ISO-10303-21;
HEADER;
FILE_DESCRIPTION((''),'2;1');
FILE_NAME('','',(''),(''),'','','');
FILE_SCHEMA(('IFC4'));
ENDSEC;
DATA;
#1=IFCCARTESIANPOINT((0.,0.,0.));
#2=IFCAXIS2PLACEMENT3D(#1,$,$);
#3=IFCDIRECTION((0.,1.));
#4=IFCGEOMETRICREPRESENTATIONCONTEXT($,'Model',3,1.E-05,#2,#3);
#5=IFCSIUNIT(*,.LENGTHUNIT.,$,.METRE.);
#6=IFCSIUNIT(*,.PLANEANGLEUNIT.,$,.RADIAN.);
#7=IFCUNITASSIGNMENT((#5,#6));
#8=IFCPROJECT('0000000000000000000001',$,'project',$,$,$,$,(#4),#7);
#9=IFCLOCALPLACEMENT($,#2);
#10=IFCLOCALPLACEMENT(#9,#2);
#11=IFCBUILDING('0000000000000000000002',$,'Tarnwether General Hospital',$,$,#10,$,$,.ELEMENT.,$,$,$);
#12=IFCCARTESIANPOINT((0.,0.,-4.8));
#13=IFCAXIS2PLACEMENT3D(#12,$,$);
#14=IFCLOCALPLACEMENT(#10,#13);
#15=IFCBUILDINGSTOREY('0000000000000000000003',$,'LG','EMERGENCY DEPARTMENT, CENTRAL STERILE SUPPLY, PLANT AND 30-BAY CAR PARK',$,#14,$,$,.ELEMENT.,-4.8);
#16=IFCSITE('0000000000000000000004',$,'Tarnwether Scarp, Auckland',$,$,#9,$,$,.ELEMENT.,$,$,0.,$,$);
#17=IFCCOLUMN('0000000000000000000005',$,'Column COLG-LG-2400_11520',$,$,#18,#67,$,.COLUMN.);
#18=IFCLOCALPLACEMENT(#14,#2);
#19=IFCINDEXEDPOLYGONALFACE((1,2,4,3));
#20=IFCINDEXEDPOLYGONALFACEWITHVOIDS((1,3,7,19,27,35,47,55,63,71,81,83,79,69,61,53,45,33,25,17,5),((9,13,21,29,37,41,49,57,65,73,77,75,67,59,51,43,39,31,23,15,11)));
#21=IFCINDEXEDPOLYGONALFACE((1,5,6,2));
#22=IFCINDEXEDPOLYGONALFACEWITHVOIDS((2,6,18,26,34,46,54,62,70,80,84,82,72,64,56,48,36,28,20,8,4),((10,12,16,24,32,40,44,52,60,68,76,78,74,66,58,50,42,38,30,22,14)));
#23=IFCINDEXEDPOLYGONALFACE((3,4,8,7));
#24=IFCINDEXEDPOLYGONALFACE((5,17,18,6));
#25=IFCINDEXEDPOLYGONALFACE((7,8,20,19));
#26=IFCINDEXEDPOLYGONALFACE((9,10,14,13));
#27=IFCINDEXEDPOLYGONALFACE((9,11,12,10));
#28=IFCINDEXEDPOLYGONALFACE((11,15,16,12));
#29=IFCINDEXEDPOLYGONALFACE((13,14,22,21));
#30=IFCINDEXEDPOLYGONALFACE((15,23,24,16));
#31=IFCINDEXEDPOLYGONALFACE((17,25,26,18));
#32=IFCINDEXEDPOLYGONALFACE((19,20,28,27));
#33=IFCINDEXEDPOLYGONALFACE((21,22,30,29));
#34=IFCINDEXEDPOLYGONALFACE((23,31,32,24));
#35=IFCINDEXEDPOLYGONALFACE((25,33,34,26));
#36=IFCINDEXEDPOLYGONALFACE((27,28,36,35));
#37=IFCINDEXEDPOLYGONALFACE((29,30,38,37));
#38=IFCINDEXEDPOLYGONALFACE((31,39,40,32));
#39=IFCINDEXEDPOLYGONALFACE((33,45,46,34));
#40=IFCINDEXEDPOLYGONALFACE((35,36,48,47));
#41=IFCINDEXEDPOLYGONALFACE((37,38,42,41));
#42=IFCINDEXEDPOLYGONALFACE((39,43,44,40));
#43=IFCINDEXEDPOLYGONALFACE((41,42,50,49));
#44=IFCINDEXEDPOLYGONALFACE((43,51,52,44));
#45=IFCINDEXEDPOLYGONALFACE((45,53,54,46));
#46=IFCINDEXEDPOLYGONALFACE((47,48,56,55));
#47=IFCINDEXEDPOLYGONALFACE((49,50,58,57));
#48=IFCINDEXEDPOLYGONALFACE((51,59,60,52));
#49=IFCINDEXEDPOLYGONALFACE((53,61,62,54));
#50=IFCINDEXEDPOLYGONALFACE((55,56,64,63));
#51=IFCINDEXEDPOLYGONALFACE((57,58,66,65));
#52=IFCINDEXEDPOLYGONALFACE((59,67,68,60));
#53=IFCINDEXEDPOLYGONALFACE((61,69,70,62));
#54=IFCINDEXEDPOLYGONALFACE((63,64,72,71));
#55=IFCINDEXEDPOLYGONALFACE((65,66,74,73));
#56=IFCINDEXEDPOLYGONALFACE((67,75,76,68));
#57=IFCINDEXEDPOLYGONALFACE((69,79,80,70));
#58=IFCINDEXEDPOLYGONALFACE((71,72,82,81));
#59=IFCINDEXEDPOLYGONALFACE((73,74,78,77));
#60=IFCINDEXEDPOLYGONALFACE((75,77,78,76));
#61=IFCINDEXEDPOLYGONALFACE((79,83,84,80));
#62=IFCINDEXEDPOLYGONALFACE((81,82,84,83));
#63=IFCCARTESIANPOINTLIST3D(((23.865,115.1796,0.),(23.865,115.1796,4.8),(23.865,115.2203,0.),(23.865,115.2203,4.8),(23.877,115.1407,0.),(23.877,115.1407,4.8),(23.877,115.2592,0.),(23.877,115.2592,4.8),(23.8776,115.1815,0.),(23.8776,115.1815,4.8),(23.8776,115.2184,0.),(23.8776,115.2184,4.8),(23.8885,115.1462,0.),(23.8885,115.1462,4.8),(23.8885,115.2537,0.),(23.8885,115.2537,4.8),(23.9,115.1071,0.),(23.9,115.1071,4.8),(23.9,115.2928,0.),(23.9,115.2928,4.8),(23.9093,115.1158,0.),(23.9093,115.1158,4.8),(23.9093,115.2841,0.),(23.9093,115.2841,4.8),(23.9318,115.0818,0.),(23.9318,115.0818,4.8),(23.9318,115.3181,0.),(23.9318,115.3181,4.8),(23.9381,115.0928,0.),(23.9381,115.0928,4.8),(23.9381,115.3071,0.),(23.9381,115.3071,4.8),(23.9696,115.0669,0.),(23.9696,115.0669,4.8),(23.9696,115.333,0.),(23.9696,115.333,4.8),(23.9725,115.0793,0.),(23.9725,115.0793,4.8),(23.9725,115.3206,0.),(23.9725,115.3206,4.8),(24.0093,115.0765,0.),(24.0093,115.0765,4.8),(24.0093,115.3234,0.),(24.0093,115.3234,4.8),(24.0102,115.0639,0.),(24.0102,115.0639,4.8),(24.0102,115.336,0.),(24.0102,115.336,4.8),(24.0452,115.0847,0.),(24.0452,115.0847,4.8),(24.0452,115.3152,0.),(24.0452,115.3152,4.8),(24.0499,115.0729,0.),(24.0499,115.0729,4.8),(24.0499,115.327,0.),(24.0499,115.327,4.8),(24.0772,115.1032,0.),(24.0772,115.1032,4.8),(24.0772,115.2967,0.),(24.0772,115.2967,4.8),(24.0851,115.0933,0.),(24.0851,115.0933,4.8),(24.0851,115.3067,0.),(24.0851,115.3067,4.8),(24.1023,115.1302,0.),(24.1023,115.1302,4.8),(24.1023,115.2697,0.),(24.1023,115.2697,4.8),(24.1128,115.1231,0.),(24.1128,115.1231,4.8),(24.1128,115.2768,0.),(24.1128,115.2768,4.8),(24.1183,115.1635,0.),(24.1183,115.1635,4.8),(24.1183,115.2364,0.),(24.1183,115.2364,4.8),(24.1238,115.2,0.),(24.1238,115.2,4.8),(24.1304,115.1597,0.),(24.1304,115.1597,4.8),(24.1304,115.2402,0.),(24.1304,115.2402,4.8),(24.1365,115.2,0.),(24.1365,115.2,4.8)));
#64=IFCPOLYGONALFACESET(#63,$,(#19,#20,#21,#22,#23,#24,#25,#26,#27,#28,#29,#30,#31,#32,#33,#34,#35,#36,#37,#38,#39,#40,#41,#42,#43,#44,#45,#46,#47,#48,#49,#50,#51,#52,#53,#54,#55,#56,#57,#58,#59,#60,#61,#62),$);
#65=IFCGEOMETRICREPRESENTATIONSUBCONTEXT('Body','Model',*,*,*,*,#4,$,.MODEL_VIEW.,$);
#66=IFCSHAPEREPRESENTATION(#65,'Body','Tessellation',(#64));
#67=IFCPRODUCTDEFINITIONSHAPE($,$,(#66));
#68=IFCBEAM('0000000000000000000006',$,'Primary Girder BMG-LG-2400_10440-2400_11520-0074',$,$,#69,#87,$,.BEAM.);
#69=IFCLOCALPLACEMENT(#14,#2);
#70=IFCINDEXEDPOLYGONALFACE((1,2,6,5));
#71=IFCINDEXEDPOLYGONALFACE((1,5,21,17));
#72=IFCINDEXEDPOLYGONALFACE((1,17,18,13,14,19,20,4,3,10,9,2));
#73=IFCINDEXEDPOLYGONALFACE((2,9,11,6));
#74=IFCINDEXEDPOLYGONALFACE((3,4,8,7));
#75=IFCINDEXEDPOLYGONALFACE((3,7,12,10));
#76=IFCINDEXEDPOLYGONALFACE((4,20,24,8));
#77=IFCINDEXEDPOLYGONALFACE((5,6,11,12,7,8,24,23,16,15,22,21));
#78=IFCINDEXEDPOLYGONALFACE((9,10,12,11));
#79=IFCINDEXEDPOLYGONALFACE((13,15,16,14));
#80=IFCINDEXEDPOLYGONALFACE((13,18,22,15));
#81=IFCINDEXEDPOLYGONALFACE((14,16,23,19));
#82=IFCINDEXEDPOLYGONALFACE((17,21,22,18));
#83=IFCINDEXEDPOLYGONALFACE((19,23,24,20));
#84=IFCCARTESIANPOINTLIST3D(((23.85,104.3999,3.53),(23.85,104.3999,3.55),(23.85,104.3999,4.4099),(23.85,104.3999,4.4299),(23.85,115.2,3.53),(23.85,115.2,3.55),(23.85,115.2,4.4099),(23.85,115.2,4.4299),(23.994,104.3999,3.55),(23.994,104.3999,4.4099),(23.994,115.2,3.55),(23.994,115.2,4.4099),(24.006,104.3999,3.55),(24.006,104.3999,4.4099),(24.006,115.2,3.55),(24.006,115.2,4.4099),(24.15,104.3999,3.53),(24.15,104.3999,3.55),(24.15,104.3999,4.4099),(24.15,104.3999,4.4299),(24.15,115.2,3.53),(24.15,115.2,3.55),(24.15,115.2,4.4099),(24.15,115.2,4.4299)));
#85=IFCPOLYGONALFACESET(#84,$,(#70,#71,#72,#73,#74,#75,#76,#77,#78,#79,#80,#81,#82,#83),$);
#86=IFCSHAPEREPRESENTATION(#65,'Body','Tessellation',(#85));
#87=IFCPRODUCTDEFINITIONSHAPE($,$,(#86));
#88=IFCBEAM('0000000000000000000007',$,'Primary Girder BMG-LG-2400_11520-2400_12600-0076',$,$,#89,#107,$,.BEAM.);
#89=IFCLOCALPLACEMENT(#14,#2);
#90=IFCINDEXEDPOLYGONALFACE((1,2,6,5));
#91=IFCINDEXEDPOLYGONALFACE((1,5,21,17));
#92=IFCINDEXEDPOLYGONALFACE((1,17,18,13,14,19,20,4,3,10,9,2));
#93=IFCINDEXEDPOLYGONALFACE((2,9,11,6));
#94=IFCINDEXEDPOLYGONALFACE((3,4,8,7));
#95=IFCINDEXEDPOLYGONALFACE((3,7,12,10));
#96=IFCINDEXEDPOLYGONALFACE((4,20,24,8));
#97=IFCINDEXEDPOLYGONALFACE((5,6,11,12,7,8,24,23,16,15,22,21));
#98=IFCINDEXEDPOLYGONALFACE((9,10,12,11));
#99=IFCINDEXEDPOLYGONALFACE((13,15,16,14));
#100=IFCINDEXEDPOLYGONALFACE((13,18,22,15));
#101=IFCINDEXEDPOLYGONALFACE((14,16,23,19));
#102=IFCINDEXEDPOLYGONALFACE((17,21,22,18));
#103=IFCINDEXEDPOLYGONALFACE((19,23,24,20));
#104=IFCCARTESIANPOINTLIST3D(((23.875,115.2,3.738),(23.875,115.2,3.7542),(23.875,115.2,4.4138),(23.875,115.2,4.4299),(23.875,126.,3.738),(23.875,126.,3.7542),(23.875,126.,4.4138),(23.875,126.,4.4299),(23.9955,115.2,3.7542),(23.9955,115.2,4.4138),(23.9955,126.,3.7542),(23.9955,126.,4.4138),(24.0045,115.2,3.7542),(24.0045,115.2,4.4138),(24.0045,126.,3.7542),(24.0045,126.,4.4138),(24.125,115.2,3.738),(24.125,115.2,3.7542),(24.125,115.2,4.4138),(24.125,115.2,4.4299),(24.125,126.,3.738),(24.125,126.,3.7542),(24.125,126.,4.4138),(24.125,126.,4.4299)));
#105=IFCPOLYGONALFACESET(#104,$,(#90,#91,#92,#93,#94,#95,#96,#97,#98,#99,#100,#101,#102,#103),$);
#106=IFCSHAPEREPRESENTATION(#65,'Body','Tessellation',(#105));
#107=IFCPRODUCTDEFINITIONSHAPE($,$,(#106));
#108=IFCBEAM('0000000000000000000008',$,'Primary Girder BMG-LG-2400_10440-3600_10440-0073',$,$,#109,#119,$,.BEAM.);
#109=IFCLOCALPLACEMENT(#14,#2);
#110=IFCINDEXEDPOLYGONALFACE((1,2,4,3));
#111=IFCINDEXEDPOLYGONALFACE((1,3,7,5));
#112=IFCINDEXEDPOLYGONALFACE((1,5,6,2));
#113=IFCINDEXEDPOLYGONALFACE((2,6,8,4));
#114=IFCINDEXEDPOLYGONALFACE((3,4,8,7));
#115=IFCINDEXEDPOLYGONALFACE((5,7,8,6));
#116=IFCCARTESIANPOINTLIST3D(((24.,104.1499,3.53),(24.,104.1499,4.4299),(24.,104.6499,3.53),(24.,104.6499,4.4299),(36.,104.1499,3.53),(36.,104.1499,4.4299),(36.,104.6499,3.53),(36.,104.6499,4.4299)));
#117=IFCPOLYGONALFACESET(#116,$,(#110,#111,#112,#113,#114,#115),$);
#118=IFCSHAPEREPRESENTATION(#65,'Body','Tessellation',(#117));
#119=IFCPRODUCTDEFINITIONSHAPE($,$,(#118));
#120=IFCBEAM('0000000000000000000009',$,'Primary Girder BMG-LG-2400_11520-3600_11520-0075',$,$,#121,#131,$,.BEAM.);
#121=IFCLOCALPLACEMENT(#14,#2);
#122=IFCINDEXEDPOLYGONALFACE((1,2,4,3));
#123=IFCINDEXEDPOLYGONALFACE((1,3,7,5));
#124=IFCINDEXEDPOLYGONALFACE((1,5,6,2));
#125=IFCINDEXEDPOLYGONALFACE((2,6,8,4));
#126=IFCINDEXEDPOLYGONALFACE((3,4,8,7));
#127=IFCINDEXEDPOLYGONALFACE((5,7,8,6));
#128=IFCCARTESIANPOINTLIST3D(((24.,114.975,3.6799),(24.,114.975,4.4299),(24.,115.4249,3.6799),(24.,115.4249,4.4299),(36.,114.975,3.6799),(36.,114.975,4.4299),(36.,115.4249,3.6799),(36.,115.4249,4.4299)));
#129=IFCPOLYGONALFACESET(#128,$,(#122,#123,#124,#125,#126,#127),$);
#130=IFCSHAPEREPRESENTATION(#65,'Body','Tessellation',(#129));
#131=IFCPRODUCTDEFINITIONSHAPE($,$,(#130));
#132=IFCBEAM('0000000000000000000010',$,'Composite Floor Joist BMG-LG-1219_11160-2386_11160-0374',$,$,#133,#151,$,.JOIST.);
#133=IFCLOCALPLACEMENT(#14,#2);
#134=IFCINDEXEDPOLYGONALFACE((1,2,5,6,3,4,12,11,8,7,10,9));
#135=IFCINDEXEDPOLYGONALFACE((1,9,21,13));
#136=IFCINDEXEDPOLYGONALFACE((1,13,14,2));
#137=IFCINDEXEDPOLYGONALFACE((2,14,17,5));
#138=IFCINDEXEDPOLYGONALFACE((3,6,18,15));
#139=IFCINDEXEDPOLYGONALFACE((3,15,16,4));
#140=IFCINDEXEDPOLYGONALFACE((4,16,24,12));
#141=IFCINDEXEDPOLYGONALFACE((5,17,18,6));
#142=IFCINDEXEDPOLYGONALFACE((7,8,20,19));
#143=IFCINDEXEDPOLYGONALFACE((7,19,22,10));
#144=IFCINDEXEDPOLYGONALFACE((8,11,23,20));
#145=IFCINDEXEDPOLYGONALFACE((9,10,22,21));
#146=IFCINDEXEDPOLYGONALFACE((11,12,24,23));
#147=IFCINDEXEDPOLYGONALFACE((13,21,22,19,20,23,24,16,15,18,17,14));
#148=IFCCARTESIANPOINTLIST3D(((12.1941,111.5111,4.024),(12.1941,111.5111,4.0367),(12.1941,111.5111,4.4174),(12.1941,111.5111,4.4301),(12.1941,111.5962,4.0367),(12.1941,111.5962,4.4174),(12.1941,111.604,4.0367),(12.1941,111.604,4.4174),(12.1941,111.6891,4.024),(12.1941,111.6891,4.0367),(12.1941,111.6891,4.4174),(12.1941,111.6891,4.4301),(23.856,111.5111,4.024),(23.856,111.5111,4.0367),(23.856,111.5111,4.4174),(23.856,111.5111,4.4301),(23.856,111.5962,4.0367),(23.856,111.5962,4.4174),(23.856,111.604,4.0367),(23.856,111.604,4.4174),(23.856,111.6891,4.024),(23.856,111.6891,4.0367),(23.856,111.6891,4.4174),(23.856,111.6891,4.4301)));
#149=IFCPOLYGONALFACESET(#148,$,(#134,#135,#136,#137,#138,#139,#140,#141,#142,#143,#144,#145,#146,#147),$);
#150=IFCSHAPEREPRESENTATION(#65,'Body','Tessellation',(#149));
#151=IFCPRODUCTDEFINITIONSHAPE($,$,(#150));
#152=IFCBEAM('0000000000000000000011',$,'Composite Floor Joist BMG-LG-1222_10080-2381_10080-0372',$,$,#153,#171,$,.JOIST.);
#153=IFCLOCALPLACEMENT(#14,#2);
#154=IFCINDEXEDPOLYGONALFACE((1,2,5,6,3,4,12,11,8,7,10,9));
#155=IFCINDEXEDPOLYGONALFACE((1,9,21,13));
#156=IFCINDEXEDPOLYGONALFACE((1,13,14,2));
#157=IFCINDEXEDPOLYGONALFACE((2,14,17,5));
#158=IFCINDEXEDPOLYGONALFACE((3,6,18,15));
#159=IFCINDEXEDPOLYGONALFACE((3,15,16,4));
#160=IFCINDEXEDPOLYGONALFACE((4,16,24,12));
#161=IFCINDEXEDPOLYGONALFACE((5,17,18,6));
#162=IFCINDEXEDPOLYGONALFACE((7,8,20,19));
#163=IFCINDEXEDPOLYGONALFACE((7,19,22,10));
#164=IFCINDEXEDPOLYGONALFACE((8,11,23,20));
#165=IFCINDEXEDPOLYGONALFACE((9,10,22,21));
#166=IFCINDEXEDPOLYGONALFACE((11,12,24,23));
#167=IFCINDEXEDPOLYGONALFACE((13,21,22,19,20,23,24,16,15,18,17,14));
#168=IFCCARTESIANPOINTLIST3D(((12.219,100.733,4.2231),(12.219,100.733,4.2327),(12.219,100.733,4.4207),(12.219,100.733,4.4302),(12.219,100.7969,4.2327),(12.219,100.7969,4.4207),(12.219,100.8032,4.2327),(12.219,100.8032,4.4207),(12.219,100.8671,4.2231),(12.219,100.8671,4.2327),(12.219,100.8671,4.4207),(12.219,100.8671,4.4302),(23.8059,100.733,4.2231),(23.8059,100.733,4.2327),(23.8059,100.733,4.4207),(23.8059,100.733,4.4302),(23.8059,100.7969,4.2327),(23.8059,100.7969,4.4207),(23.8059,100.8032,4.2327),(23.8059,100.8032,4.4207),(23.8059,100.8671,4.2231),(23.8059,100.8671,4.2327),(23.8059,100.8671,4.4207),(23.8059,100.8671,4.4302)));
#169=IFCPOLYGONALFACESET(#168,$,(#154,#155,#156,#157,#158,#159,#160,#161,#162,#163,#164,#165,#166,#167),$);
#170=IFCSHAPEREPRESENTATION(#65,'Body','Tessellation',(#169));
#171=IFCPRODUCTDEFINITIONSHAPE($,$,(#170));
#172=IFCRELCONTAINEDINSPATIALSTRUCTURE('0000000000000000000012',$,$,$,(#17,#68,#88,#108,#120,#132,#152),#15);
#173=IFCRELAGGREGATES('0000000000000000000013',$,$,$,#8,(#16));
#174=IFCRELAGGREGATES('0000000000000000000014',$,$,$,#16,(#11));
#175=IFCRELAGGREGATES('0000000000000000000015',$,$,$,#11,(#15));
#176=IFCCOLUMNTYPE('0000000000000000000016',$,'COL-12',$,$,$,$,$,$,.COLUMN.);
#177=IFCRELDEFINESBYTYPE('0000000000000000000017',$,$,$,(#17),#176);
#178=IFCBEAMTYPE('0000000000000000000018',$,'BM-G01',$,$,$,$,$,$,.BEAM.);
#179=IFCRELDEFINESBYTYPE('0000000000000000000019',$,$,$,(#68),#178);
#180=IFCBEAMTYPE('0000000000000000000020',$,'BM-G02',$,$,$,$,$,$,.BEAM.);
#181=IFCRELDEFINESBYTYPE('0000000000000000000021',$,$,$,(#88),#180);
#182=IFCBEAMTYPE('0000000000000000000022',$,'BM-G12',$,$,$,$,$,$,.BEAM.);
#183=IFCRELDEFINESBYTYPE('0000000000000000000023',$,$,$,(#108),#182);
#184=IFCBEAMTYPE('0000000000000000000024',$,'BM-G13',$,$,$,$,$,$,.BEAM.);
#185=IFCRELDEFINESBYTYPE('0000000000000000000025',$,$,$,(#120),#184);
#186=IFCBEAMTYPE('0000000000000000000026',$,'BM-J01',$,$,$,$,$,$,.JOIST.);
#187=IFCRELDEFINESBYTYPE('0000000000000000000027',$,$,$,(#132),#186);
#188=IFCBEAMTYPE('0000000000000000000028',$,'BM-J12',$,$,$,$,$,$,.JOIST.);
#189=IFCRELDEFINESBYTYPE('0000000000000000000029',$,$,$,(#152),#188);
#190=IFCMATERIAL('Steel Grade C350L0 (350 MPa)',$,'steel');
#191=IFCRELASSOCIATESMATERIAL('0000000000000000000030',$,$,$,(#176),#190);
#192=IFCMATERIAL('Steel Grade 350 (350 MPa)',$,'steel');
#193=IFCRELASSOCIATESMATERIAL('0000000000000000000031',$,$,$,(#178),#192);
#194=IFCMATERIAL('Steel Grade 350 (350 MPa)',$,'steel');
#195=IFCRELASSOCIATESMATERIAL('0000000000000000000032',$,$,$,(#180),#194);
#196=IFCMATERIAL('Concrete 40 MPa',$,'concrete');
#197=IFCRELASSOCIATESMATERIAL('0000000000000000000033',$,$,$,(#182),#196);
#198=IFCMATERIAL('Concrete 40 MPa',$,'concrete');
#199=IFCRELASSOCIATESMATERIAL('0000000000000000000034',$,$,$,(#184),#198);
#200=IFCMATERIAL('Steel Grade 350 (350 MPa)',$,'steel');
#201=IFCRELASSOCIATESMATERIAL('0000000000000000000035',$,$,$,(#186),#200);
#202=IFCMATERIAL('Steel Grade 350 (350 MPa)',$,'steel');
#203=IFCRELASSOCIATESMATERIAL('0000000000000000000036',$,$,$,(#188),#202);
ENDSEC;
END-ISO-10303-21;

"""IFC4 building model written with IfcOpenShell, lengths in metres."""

from ifc_helpers import new_model, si_unit, direction, frame, origin, origin_2d, place, context, subcontext, project, spatial, rectangle, hollow_circle, i_section, extrude, material, material_profile, profile_set, type_object, element, save


model = new_model("IFC4")

# Units and contexts
model_context = context("Model", 3, precision=1e-05, world=origin(), true_north=direction((0.0, 1.0)))
body_context = subcontext(model_context, "Body", "Model", "MODEL_VIEW")
ifc_project = project(units=[si_unit("LENGTHUNIT", "METRE"), si_unit("PLANEANGLEUNIT", "RADIAN")], contexts=[model_context])

# Site, building, storey
site_placement = place(None, origin())
site = spatial("IfcSite", under=ifc_project, at=site_placement, Name="Tarnwether Scarp, Auckland", CompositionType="ELEMENT", RefElevation=0.0)
building_placement = place(site_placement, origin())
building = spatial("IfcBuilding", under=site, at=building_placement, Name="Tarnwether General Hospital", CompositionType="ELEMENT")
storey_placement = place(building_placement, frame((0.0, 0.0, -4.8)))
storey = spatial("IfcBuildingStorey", under=building, at=storey_placement, Name="LG", Description="EMERGENCY DEPARTMENT, CENTRAL STERILE SUPPLY, PLANT AND 30-BAY CAR PARK", CompositionType="ELEMENT", Elevation=-4.8)

# Column
ifc_material_1 = material(Name="Steel Grade C350L0 (350 MPa)", Category="steel")
ifc_material_profile_1 = material_profile(ifc_material_1, hollow_circle(Radius=0.1365, WallThickness=0.0127, at=origin_2d()), Name="CHS273.1x12.7")
ifc_profile_set_1 = profile_set([ifc_material_profile_1], Name="Steel Grade C350L0 (350 MPa)")
column_type_1 = type_object("IfcColumnType", Name="COL-12", PredefinedType="COLUMN", material=ifc_profile_set_1)
column_1_placement = place(storey_placement, frame((24.0, 115.2, 0.0), z_axis=(0.0, 0.0, 1.0), x_axis=(1.0, 0.0, 0.0)))
element("IfcColumn", 1, at=column_1_placement, inside=storey, type_object=column_type_1, Name="Column COLG-LG-2400_11520", PredefinedType="COLUMN", context=body_context, shape_type="SweptSolid", body=[
    extrude(hollow_circle(Radius=0.1365, WallThickness=0.0127, at=origin_2d()), origin(), (0.0, 0.0, 1.0), 4.8),
])

# Beams
ifc_material_2 = material(Name="Steel Grade 350 (350 MPa)", Category="steel")
ifc_material_profile_2 = material_profile(ifc_material_2, i_section(OverallWidth=0.3, OverallDepth=0.8999, WebThickness=0.012, FlangeThickness=0.02, at=origin_2d()), Name="900WB175")
ifc_profile_set_2 = profile_set([ifc_material_profile_2], Name="Steel Grade 350 (350 MPa)")
beam_type_1 = type_object("IfcBeamType", Name="BM-G01", PredefinedType="BEAM", material=ifc_profile_set_2)
beam_1_placement = place(storey_placement, frame((24.0, 104.3999, 3.98), z_axis=(0.0, 1.0, 0.0), x_axis=(-1.0, 0.0, 0.0)))
element("IfcBeam", 2, at=beam_1_placement, inside=storey, type_object=beam_type_1, Name="Primary Girder BMG-LG-2400_10440-2400_11520-0074", PredefinedType="BEAM", context=body_context, shape_type="SweptSolid", body=[
    extrude(i_section(OverallWidth=0.3, OverallDepth=0.8999, WebThickness=0.012, FlangeThickness=0.02, at=origin_2d()), origin(), (0.0, 0.0, 1.0), 10.8),
])
ifc_material_3 = material(Name="Steel Grade 350 (350 MPa)", Category="steel")
ifc_material_profile_3 = material_profile(ifc_material_3, i_section(OverallWidth=0.25, OverallDepth=0.6919, WebThickness=0.009, FlangeThickness=0.0161, at=origin_2d()), Name="700WB115")
ifc_profile_set_3 = profile_set([ifc_material_profile_3], Name="Steel Grade 350 (350 MPa)")
beam_type_2 = type_object("IfcBeamType", Name="BM-G02", PredefinedType="BEAM", material=ifc_profile_set_3)
beam_2_placement = place(storey_placement, frame((24.0, 115.2, 4.084), z_axis=(0.0, 1.0, 0.0), x_axis=(-1.0, 0.0, 0.0)))
element("IfcBeam", 3, at=beam_2_placement, inside=storey, type_object=beam_type_2, Name="Primary Girder BMG-LG-2400_11520-2400_12600-0076", PredefinedType="BEAM", context=body_context, shape_type="SweptSolid", body=[
    extrude(i_section(OverallWidth=0.25, OverallDepth=0.6919, WebThickness=0.009, FlangeThickness=0.0161, at=origin_2d()), origin(), (0.0, 0.0, 1.0), 10.8),
])
ifc_material_4 = material(Name="Concrete 40 MPa", Category="concrete")
ifc_material_profile_4 = material_profile(ifc_material_4, rectangle(XDim=0.5, YDim=0.8999, at=origin_2d()), Name="RC-BM-500x900")
ifc_profile_set_4 = profile_set([ifc_material_profile_4], Name="Concrete 40 MPa")
beam_type_3 = type_object("IfcBeamType", Name="BM-G12", PredefinedType="BEAM", material=ifc_profile_set_4)
beam_3_placement = place(storey_placement, frame((24.0, 104.3999, 3.98), z_axis=(1.0, 0.0, 0.0), x_axis=(0.0, 1.0, 0.0)))
element("IfcBeam", 4, at=beam_3_placement, inside=storey, type_object=beam_type_3, Name="Primary Girder BMG-LG-2400_10440-3600_10440-0073", PredefinedType="BEAM", context=body_context, shape_type="SweptSolid", body=[
    extrude(rectangle(XDim=0.5, YDim=0.8999, at=origin_2d()), origin(), (0.0, 0.0, 1.0), 12.0),
])
ifc_material_5 = material(Name="Concrete 40 MPa", Category="concrete")
ifc_material_profile_5 = material_profile(ifc_material_5, rectangle(XDim=0.45, YDim=0.75, at=origin_2d()), Name="RC-BM-450x750")
ifc_profile_set_5 = profile_set([ifc_material_profile_5], Name="Concrete 40 MPa")
beam_type_4 = type_object("IfcBeamType", Name="BM-G13", PredefinedType="BEAM", material=ifc_profile_set_5)
beam_4_placement = place(storey_placement, frame((24.0, 115.2, 4.0549), z_axis=(1.0, 0.0, 0.0), x_axis=(0.0, 1.0, 0.0)))
element("IfcBeam", 5, at=beam_4_placement, inside=storey, type_object=beam_type_4, Name="Primary Girder BMG-LG-2400_11520-3600_11520-0075", PredefinedType="BEAM", context=body_context, shape_type="SweptSolid", body=[
    extrude(rectangle(XDim=0.45, YDim=0.75, at=origin_2d()), origin(), (0.0, 0.0, 1.0), 12.0),
])
ifc_material_6 = material(Name="Steel Grade 350 (350 MPa)", Category="steel")
ifc_material_profile_6 = material_profile(ifc_material_6, i_section(OverallWidth=0.178, OverallDepth=0.406, WebThickness=0.0078, FlangeThickness=0.0127, at=origin_2d()), Name="410UB59.7")
ifc_profile_set_6 = profile_set([ifc_material_profile_6], Name="Steel Grade 350 (350 MPa)")
beam_type_5 = type_object("IfcBeamType", Name="BM-J01", PredefinedType="JOIST", material=ifc_profile_set_6)
beam_5_placement = place(storey_placement, frame((12.1941, 111.6001, 4.2271), z_axis=(1.0, 0.0, 0.0), x_axis=(0.0, 1.0, 0.0)))
element("IfcBeam", 6, at=beam_5_placement, inside=storey, type_object=beam_type_5, Name="Composite Floor Joist BMG-LG-1219_11160-2386_11160-0374", PredefinedType="JOIST", context=body_context, shape_type="SweptSolid", body=[
    extrude(i_section(OverallWidth=0.178, OverallDepth=0.406, WebThickness=0.0078, FlangeThickness=0.0127, at=origin_2d()), origin(), (0.0, 0.0, 1.0), 11.6619),
])
ifc_material_7 = material(Name="Steel Grade 350 (350 MPa)", Category="steel")
ifc_material_profile_7 = material_profile(ifc_material_7, i_section(OverallWidth=0.134, OverallDepth=0.207, WebThickness=0.0063, FlangeThickness=0.0095, at=origin_2d()), Name="200UB29.8")
ifc_profile_set_7 = profile_set([ifc_material_profile_7], Name="Steel Grade 350 (350 MPa)")
beam_type_6 = type_object("IfcBeamType", Name="BM-J12", PredefinedType="JOIST", material=ifc_profile_set_7)
beam_6_placement = place(storey_placement, frame((12.219, 100.8, 4.3267), z_axis=(1.0, 0.0, 0.0), x_axis=(0.0, 1.0, 0.0)))
element("IfcBeam", 7, at=beam_6_placement, inside=storey, type_object=beam_type_6, Name="Composite Floor Joist BMG-LG-1222_10080-2381_10080-0372", PredefinedType="JOIST", context=body_context, shape_type="SweptSolid", body=[
    extrude(i_section(OverallWidth=0.134, OverallDepth=0.207, WebThickness=0.0063, FlangeThickness=0.0095, at=origin_2d()), origin(), (0.0, 0.0, 1.0), 11.5869),
])

save(model, "model.ifc")
